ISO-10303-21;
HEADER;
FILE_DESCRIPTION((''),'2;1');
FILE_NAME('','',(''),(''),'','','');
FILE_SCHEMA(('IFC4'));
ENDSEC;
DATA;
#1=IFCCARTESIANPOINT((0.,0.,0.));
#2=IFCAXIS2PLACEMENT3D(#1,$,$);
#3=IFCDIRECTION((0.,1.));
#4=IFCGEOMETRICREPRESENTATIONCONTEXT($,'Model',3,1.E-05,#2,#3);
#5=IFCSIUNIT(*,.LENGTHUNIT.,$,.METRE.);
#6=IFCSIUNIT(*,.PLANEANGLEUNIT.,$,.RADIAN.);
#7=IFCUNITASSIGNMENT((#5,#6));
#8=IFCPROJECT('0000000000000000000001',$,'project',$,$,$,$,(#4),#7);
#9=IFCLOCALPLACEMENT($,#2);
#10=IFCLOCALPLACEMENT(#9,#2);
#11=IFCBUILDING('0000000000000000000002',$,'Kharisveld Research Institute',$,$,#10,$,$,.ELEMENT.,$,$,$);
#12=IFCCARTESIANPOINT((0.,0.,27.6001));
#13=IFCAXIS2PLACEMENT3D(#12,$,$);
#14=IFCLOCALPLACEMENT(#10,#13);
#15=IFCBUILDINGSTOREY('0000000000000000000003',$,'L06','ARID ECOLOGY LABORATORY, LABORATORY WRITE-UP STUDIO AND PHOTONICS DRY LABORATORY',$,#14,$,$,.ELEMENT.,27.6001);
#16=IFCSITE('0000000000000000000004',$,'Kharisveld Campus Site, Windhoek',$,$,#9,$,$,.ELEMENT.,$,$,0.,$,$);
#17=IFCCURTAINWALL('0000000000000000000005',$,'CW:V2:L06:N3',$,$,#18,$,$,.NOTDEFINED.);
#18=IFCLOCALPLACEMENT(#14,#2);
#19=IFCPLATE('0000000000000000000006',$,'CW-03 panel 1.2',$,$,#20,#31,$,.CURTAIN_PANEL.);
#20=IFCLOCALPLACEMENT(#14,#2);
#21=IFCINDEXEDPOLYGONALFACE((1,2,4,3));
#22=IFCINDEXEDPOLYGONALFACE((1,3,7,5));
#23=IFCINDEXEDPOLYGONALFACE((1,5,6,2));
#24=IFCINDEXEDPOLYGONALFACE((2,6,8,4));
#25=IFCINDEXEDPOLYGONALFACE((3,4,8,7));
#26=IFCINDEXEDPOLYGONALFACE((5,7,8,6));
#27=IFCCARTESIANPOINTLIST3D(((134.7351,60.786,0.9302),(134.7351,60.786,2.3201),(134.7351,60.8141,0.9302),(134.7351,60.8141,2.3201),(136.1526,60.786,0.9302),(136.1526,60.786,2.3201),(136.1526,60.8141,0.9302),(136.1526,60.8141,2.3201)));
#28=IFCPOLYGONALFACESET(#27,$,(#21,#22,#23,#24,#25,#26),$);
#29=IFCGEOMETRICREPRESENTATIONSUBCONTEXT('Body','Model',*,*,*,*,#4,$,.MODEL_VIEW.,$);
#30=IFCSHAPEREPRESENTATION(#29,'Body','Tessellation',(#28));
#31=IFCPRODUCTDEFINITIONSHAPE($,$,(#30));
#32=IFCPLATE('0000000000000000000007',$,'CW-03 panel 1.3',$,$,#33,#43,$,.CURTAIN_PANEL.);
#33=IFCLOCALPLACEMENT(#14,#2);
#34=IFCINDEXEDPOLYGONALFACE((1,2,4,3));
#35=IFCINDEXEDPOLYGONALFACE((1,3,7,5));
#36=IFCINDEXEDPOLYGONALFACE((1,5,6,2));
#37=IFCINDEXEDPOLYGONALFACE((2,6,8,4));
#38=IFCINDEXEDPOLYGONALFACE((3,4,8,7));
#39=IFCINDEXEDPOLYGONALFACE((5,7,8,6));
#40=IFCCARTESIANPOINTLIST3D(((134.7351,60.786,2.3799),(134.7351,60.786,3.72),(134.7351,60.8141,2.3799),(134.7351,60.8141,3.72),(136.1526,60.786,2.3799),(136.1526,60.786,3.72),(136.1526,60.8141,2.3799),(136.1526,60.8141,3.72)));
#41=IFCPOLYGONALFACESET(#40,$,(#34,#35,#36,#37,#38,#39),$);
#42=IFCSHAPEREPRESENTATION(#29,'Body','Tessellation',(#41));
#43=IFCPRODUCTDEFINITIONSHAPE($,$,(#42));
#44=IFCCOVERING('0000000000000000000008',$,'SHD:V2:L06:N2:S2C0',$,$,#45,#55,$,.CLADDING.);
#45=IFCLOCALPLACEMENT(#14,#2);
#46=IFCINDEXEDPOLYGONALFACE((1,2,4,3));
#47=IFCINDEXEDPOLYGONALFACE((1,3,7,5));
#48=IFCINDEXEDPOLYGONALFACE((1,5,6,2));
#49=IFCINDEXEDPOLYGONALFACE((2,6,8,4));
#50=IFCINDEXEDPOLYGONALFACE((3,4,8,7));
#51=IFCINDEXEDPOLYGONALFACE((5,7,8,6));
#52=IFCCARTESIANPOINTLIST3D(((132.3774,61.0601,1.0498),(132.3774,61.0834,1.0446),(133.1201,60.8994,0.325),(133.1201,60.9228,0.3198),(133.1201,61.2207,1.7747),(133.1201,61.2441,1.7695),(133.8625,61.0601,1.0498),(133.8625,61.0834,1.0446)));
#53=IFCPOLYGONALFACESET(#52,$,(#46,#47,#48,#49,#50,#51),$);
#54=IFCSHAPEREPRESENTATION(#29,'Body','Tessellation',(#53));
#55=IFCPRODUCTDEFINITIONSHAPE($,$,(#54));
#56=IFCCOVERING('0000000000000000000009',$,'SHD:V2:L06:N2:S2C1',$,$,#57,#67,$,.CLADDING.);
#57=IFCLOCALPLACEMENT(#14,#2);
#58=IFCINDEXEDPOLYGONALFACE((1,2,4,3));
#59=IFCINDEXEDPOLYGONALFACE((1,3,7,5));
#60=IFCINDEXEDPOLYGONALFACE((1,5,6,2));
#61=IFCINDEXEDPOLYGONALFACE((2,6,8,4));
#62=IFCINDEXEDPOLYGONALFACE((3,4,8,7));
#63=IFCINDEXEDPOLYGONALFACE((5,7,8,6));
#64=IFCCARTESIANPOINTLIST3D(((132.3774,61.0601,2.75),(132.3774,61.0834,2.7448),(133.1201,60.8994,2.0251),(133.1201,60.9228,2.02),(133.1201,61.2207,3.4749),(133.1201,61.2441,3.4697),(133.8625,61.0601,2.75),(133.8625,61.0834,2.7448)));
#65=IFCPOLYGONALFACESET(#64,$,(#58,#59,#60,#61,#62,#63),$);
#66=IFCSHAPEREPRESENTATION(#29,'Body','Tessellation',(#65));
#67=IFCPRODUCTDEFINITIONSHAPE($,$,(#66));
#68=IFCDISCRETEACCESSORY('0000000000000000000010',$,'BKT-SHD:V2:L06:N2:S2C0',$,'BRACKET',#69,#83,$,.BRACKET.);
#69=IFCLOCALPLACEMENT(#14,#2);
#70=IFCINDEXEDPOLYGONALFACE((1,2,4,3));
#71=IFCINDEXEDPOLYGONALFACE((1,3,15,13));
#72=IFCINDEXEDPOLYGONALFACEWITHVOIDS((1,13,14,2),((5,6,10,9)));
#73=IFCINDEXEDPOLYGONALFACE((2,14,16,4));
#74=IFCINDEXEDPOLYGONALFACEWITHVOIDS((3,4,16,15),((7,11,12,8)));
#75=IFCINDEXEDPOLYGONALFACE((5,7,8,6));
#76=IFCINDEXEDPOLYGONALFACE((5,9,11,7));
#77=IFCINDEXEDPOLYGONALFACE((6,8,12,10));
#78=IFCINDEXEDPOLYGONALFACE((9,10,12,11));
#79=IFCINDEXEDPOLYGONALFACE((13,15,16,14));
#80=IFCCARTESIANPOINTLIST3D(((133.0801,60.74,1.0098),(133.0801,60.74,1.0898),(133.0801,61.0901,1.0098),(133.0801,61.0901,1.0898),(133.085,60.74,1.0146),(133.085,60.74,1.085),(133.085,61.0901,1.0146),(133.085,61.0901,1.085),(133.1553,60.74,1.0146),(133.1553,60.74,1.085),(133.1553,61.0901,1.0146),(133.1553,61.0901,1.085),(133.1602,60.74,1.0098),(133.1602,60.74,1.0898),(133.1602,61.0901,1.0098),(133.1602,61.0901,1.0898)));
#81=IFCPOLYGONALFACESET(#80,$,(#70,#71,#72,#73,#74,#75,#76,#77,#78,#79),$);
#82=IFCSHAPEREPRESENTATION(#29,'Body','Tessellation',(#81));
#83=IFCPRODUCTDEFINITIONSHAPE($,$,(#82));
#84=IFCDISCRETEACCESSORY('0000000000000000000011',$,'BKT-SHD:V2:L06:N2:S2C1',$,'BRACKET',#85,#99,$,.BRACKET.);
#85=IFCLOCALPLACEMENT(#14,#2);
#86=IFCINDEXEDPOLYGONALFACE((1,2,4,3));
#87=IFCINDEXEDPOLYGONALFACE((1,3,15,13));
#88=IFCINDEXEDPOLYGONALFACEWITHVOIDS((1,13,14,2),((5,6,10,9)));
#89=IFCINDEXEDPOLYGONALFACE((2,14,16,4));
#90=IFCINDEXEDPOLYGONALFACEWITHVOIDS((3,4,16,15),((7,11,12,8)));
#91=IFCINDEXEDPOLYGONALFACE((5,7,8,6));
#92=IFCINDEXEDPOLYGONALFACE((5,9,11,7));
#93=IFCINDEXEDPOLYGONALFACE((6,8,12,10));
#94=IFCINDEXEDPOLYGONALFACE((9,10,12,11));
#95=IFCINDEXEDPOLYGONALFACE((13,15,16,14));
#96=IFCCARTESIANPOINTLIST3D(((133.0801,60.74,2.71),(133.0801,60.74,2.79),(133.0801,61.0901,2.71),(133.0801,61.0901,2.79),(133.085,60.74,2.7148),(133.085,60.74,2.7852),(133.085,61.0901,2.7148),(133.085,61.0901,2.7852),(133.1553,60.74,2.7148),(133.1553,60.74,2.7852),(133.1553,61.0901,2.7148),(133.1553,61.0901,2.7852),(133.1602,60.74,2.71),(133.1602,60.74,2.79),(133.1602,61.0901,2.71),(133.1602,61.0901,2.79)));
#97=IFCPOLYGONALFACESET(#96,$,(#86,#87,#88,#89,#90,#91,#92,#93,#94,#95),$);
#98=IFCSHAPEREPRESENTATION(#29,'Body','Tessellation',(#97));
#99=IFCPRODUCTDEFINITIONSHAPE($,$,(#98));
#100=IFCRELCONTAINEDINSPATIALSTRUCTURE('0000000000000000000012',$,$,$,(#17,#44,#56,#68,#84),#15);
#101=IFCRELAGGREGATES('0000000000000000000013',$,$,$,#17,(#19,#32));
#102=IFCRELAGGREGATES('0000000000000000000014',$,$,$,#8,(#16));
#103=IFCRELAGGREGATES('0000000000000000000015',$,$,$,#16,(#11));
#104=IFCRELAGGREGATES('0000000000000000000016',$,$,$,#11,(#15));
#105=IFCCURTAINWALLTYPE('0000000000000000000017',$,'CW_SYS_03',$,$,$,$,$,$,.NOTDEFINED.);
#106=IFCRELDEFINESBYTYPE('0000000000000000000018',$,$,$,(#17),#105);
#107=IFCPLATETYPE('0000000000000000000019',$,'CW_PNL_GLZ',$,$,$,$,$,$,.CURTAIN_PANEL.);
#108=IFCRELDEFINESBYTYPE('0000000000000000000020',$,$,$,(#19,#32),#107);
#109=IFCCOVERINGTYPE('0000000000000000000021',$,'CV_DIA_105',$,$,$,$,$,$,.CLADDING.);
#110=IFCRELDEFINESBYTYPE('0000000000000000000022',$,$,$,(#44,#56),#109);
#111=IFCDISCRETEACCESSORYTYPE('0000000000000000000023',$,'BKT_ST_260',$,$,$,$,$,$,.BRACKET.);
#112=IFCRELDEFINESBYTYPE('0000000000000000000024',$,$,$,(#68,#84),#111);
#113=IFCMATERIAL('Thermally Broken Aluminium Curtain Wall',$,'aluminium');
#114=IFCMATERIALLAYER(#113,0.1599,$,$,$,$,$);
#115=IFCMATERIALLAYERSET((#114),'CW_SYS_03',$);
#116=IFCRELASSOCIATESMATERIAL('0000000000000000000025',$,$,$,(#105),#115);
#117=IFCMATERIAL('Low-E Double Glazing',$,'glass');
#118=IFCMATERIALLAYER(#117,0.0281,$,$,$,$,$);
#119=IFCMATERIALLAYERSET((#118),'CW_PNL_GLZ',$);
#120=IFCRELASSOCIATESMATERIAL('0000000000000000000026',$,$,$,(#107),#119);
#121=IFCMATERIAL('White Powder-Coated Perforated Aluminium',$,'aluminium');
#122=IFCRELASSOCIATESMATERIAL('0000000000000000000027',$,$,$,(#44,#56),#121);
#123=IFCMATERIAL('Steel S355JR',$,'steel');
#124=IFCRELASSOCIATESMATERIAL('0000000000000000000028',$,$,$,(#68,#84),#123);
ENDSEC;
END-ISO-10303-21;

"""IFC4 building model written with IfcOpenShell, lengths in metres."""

from ifc_helpers import new_model, si_unit, direction, frame, origin, origin_2d, place, context, subcontext, project, spatial, polyline, rectangle, hollow_rectangle, outline, extrude, material, layer, layer_set, type_object, element, aggregate, save


model = new_model("IFC4")

# Units and contexts
model_context = context("Model", 3, precision=1e-05, world=origin(), true_north=direction((0.0, 1.0)))
body_context = subcontext(model_context, "Body", "Model", "MODEL_VIEW")
ifc_project = project(units=[si_unit("LENGTHUNIT", "METRE"), si_unit("PLANEANGLEUNIT", "RADIAN")], contexts=[model_context])

# Site, building, storey
site_placement = place(None, origin())
site = spatial("IfcSite", under=ifc_project, at=site_placement, Name="Kharisveld Campus Site, Windhoek", CompositionType="ELEMENT", RefElevation=0.0)
building_placement = place(site_placement, origin())
building = spatial("IfcBuilding", under=site, at=building_placement, Name="Kharisveld Research Institute", CompositionType="ELEMENT")
storey_placement = place(building_placement, frame((0.0, 0.0, 27.6001)))
storey = spatial("IfcBuildingStorey", under=building, at=storey_placement, Name="L06", Description="ARID ECOLOGY LABORATORY, LABORATORY WRITE-UP STUDIO AND PHOTONICS DRY LABORATORY", CompositionType="ELEMENT", Elevation=27.6001)

# Curtain wall
ifc_material_1 = material(Name="Thermally Broken Aluminium Curtain Wall", Category="aluminium")
ifc_layer_1 = layer(ifc_material_1, 0.1599)
ifc_layer_set_1 = layer_set([ifc_layer_1], Name="CW_SYS_03")
curtain_wall_type_1 = type_object("IfcCurtainWallType", Name="CW_SYS_03", PredefinedType="NOTDEFINED", material=ifc_layer_set_1)
curtain_wall_1_placement = place(storey_placement, origin())
curtain_wall_1 = element("IfcCurtainWall", 1, at=curtain_wall_1_placement, inside=storey, type_object=curtain_wall_type_1, Name="CW:V2:L06:N3", PredefinedType="NOTDEFINED")

# Plates
ifc_material_2 = material(Name="Low-E Double Glazing", Category="glass")
ifc_layer_2 = layer(ifc_material_2, 0.0281)
ifc_layer_set_2 = layer_set([ifc_layer_2], Name="CW_PNL_GLZ")
plate_type = type_object("IfcPlateType", Name="CW_PNL_GLZ", PredefinedType="CURTAIN_PANEL", material=ifc_layer_set_2)
plate_1_placement = place(storey_placement, frame((135.4438, 60.8, 0.9302), z_axis=(0.0, 0.0, 1.0), x_axis=(1.0, 0.0, 0.0)))
plate_1 = element("IfcPlate", 2, at=plate_1_placement, type_object=plate_type, Name="CW-03 panel 1.2", PredefinedType="CURTAIN_PANEL", context=body_context, shape_type="SweptSolid", body=[
    extrude(rectangle(XDim=1.4175, YDim=0.0281, at=origin_2d()), origin(), (0.0, 0.0, 1.0), 1.3899),
])
plate_2_placement = place(storey_placement, frame((135.4438, 60.8, 2.3799), z_axis=(0.0, 0.0, 1.0), x_axis=(1.0, 0.0, 0.0)))
plate_2 = element("IfcPlate", 3, at=plate_2_placement, type_object=plate_type, Name="CW-03 panel 1.3", PredefinedType="CURTAIN_PANEL", context=body_context, shape_type="SweptSolid", body=[
    extrude(rectangle(XDim=1.4175, YDim=0.0281, at=origin_2d()), origin(), (0.0, 0.0, 1.0), 1.3401),
])
aggregate(curtain_wall_1, [plate_1, plate_2])

# Coverings
ifc_material_3 = material(Name="White Powder-Coated Perforated Aluminium", Category="aluminium")
covering_type = type_object("IfcCoveringType", Name="CV_DIA_105", PredefinedType="CLADDING")
for number, where, z_axis, x_axis, name in (
    (4, (133.1201, 60.8994, 0.325), (0.0, -0.976311, 0.216373), (0.707102, 0.153, 0.69036), "SHD:V2:L06:N2:S2C0"),
    (5, (133.1201, 60.8994, 2.0251), (0.0, -0.976311, 0.216373), (0.707102, 0.153, 0.69036), "SHD:V2:L06:N2:S2C1"),
):
    element("IfcCovering", number, at=place(storey_placement, frame(where, z_axis=z_axis, x_axis=x_axis)), inside=storey, type_object=covering_type, material=ifc_material_3, Name=name, PredefinedType="CLADDING", context=body_context, shape_type="SweptSolid", body=[
        extrude(outline(polyline([(0.0, 0.0), (1.05, 0.0), (1.05, 1.05), (-0.0002, 1.0501), (0.0, 0.0)])), origin(), (0.0, 0.0, -1.0), 0.0239),
    ])

# Discrete accessories
ifc_material_4 = material(Name="Steel S355JR", Category="steel")
discrete_accessory_type = type_object("IfcDiscreteAccessoryType", Name="BKT_ST_260", PredefinedType="BRACKET")
for number, where, z_axis, x_axis, name in (
    (6, (133.1201, 60.74, 1.0498), (0.0, 1.0, 0.0), (-1.0, 0.0, 0.0), "BKT-SHD:V2:L06:N2:S2C0"),
    (7, (133.1201, 60.74, 2.75), (0.0, 1.0, 0.0), (-1.0, 0.0, 0.0), "BKT-SHD:V2:L06:N2:S2C1"),
):
    element("IfcDiscreteAccessory", number, at=place(storey_placement, frame(where, z_axis=z_axis, x_axis=x_axis)), inside=storey, type_object=discrete_accessory_type, material=ifc_material_4, Name=name, ObjectType="BRACKET", PredefinedType="BRACKET", context=body_context, shape_type="SweptSolid", body=[
        extrude(hollow_rectangle(XDim=0.0801, YDim=0.0801, WallThickness=0.0049, at=origin_2d()), origin(), (0.0, 0.0, 1.0), 0.3501),
    ])

save(model, "model.ifc")
